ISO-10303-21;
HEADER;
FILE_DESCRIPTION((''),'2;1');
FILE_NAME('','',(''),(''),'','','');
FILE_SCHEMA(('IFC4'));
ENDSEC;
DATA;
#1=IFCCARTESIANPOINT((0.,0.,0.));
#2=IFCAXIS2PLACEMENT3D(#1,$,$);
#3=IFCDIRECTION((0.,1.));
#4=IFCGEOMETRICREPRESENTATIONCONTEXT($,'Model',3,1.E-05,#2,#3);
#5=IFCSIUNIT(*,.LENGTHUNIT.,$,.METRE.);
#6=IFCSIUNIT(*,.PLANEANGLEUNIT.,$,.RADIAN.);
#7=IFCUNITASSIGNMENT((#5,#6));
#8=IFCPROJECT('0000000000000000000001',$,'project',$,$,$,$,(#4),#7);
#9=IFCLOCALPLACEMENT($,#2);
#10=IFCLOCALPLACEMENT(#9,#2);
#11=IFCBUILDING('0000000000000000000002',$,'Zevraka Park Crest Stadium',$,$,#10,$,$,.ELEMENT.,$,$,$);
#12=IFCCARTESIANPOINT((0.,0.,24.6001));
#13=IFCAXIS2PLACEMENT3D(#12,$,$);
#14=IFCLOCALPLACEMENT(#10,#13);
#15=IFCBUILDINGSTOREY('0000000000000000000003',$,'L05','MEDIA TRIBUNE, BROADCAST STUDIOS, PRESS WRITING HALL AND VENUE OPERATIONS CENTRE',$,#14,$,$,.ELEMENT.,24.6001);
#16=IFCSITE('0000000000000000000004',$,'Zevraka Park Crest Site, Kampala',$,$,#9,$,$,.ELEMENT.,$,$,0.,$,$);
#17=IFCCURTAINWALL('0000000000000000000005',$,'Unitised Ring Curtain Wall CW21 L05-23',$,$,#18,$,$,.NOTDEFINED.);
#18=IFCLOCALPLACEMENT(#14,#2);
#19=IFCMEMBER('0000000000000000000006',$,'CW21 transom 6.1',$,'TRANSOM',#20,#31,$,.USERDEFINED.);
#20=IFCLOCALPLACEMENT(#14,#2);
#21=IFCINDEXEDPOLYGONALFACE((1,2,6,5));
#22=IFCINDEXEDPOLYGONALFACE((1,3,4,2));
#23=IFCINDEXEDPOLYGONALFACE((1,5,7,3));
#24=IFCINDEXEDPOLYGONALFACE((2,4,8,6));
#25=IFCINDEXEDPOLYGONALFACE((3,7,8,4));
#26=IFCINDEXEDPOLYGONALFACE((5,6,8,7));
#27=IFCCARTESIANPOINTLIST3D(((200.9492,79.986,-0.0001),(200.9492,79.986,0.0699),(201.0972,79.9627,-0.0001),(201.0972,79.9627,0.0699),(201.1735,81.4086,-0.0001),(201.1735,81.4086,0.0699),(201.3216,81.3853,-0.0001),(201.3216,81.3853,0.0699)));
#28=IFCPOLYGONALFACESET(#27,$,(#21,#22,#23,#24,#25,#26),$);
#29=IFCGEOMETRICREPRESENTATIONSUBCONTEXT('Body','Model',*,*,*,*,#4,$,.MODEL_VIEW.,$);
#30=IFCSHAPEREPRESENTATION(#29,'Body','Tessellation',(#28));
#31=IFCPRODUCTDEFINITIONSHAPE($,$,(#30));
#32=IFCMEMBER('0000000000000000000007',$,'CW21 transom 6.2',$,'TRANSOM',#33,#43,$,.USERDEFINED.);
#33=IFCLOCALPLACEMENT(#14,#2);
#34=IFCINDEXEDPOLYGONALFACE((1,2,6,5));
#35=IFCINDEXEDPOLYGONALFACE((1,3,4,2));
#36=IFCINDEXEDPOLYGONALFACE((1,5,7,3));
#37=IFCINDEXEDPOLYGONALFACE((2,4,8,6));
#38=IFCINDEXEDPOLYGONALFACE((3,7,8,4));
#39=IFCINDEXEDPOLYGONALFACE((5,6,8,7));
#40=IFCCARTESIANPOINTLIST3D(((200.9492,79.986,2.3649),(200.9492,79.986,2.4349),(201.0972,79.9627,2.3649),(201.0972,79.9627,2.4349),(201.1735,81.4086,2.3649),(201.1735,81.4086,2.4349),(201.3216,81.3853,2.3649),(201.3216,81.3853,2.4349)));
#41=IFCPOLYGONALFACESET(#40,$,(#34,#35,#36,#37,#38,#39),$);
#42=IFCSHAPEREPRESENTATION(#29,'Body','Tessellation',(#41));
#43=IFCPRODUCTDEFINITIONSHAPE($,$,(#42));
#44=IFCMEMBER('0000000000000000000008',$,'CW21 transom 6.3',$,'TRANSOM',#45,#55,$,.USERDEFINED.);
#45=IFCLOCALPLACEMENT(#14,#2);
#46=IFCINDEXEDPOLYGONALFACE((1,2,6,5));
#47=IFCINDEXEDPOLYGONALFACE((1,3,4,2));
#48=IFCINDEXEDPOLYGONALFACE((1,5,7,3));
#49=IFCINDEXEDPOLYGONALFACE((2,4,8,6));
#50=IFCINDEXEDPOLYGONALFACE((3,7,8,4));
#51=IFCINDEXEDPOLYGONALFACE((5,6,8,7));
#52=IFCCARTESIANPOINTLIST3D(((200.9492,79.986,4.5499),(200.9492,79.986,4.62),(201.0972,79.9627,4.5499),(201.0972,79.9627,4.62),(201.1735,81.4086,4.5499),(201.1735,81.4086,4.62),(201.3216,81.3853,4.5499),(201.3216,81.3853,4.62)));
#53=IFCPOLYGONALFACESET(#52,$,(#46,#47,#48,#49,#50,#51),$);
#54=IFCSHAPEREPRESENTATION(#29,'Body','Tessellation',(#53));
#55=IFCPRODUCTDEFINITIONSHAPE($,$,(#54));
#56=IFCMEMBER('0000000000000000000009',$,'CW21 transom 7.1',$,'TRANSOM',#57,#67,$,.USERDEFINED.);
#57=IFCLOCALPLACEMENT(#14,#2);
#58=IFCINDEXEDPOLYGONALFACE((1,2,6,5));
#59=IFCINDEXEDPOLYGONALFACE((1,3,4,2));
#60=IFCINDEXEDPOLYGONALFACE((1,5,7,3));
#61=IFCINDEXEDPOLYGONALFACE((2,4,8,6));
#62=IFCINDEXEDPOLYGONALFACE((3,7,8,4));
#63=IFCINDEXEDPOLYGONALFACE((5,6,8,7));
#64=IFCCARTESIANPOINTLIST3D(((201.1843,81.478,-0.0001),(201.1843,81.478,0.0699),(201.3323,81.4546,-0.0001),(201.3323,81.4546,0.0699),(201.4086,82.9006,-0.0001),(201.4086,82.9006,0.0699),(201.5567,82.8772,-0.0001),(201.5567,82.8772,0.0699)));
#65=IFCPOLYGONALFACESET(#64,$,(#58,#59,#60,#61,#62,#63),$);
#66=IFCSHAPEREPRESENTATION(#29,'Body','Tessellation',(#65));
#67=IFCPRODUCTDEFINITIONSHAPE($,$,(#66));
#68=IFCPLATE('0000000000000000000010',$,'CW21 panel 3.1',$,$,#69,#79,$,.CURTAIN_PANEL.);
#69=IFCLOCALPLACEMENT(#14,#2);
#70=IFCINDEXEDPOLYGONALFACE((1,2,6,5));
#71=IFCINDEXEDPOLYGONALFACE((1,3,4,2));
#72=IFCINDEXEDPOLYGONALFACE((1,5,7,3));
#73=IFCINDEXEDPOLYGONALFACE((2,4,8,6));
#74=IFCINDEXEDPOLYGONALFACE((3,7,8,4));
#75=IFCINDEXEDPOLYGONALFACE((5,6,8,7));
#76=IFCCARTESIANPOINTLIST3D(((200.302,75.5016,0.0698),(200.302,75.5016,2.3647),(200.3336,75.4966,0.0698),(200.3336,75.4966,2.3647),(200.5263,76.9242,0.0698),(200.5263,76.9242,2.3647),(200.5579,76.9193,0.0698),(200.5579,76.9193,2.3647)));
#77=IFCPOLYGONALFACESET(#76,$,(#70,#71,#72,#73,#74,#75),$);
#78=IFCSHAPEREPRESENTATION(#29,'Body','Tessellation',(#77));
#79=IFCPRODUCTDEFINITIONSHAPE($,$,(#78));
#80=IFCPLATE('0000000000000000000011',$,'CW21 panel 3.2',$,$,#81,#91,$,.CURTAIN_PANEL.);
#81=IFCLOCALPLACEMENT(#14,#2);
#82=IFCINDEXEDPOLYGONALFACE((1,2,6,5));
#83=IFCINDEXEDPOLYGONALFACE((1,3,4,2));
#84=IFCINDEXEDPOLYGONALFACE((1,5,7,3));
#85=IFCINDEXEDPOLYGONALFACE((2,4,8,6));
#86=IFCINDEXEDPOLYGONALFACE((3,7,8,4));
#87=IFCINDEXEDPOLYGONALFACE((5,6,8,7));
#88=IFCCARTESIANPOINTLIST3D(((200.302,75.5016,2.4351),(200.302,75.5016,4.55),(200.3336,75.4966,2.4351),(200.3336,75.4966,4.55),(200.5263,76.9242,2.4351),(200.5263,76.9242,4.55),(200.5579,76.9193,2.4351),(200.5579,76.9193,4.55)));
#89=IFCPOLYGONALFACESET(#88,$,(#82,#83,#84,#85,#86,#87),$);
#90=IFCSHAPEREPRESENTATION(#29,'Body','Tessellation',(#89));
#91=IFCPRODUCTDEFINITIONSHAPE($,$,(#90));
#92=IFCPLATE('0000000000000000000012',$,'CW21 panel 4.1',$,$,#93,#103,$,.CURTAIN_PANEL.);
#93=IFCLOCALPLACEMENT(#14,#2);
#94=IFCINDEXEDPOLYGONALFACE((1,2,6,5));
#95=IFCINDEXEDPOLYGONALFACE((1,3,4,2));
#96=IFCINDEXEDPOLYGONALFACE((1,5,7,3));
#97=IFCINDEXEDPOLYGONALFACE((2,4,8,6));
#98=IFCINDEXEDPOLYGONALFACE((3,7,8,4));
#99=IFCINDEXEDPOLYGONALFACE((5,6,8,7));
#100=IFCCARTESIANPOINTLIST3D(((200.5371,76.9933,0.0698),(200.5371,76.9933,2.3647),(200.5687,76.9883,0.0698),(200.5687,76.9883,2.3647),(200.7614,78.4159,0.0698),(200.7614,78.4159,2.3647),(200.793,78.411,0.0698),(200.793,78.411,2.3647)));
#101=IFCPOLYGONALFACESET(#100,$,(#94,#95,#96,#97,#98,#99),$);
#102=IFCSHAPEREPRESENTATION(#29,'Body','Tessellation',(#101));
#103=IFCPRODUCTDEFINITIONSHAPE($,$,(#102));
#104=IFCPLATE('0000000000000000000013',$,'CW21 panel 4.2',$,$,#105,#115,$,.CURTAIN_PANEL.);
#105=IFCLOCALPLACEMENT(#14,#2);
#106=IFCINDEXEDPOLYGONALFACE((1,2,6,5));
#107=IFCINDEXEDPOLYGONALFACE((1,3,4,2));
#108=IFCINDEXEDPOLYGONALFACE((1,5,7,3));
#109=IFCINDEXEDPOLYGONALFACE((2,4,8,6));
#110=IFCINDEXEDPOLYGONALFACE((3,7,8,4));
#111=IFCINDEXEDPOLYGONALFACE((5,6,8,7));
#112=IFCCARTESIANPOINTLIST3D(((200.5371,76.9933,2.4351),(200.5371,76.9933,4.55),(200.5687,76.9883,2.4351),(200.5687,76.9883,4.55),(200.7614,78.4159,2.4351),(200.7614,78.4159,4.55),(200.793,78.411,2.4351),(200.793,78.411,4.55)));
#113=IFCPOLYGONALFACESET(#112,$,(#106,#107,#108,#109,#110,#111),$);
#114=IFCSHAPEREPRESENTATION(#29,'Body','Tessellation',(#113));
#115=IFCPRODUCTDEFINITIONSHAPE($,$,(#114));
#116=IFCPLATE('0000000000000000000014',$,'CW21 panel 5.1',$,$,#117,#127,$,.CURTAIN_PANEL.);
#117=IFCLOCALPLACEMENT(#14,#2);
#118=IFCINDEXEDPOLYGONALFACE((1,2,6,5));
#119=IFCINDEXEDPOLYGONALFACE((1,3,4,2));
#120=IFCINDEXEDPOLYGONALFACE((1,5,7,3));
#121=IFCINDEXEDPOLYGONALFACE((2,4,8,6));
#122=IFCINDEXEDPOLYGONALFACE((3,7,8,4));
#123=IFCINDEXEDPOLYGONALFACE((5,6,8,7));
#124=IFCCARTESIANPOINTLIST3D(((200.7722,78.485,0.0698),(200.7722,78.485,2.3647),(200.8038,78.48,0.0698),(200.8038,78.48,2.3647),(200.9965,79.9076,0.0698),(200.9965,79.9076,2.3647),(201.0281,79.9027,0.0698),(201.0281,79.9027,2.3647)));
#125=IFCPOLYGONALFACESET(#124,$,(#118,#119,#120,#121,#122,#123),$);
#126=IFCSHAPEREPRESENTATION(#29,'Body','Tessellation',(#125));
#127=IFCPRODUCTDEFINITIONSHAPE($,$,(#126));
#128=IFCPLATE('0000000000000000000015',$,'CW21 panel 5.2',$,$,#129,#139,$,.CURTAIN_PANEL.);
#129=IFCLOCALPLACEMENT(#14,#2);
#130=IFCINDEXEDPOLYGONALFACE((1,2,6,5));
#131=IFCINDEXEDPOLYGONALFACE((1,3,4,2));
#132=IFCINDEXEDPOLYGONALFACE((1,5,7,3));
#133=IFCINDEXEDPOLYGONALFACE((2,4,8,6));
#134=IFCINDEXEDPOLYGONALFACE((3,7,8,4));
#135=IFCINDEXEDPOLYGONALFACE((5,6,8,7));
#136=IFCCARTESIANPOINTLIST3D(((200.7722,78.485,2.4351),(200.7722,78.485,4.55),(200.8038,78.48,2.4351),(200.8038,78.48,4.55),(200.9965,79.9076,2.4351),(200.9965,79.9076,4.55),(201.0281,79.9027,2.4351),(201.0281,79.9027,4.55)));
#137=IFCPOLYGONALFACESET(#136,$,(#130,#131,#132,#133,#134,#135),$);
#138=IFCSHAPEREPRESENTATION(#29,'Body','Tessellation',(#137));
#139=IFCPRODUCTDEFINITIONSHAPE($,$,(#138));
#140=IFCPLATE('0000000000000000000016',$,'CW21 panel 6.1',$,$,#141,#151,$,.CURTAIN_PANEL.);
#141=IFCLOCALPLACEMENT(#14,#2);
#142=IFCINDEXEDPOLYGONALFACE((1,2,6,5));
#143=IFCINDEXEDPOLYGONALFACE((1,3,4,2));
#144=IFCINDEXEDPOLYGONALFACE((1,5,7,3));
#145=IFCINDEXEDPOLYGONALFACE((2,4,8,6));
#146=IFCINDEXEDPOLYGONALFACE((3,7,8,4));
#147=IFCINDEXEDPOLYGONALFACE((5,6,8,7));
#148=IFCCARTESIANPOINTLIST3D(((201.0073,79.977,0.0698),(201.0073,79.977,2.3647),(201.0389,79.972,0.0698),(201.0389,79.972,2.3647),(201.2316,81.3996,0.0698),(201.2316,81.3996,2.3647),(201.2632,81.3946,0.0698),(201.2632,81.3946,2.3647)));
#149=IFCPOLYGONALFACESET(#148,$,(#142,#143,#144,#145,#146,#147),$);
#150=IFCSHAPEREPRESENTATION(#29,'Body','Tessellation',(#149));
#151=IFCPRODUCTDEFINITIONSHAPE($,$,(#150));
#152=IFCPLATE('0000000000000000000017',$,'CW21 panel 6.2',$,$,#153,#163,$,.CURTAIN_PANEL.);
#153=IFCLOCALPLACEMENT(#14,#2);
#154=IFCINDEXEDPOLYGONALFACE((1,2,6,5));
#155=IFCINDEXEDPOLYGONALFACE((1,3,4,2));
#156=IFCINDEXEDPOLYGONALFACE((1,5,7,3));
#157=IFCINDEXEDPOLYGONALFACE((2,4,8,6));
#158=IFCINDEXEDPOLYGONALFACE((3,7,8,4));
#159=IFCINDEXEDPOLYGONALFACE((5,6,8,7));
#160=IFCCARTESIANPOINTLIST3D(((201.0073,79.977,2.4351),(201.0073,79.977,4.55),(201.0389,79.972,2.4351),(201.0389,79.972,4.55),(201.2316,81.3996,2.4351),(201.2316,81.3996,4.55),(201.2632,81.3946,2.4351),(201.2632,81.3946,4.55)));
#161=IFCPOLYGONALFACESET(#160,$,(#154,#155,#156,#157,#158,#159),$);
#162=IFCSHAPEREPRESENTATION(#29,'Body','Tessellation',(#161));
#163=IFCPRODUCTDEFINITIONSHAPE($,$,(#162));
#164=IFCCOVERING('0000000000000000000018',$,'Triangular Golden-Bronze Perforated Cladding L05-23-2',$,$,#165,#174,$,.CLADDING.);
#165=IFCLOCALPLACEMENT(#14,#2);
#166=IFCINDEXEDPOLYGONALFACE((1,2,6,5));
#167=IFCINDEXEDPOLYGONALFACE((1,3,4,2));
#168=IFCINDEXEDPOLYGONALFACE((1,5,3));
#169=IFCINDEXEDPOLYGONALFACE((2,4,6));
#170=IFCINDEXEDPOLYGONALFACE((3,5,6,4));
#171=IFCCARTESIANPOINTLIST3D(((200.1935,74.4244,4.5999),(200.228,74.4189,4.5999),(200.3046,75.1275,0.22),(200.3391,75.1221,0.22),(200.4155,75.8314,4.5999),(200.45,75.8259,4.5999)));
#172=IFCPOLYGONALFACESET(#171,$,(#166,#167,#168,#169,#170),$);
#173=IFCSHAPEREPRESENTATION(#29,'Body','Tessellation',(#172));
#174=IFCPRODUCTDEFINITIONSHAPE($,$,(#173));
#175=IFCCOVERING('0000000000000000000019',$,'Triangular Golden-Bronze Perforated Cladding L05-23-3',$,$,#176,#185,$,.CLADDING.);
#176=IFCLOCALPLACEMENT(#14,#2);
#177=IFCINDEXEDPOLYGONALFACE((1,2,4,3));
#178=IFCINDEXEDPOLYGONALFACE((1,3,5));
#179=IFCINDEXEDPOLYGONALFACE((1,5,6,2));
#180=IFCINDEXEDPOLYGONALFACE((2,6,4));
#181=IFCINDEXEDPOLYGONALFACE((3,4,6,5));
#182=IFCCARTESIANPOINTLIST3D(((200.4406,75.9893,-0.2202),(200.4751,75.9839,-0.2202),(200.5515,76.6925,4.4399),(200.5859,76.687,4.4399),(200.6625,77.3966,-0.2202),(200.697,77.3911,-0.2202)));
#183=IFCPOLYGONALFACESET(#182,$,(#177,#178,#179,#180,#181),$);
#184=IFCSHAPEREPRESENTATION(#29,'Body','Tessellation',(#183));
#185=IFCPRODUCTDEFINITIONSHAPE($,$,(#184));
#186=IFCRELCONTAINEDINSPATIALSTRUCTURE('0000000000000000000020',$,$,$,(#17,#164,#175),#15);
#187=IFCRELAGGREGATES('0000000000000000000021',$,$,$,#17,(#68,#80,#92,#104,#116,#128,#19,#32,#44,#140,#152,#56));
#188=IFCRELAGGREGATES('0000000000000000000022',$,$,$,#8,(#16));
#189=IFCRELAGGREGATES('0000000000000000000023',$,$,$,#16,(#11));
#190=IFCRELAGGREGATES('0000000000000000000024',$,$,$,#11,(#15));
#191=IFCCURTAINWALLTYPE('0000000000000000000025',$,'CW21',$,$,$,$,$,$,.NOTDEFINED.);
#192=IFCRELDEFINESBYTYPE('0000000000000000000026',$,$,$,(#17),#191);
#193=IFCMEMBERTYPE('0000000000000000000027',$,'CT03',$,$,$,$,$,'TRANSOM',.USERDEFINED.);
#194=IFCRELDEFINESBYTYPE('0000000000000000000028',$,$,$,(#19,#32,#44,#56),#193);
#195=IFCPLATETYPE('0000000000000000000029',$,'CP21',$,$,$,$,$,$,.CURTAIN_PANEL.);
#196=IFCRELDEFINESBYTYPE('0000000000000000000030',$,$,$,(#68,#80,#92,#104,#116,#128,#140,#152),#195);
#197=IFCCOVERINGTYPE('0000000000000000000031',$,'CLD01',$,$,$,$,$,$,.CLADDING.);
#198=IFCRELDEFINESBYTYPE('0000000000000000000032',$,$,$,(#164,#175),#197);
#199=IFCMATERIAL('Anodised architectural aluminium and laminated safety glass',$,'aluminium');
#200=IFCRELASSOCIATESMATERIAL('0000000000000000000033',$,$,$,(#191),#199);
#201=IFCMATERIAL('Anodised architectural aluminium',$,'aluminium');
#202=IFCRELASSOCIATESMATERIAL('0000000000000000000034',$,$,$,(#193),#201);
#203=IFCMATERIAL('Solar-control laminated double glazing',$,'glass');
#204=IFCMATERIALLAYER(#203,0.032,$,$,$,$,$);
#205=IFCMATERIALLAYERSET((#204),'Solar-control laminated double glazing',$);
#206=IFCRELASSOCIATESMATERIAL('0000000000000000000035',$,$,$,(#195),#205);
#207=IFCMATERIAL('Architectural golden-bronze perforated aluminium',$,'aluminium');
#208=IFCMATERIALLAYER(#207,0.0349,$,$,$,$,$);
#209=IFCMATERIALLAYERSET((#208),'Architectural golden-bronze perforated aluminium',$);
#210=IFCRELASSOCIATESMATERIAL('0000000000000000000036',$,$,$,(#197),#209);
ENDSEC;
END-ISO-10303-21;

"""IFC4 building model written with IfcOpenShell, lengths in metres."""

from ifc_helpers import new_model, si_unit, direction, frame, origin, origin_2d, place, context, subcontext, project, spatial, polyline, rectangle, outline, extrude, material, layer, layer_set, material_profile, profile_set, type_object, element, aggregate, save


model = new_model("IFC4")

# Units and contexts
model_context = context("Model", 3, precision=1e-05, world=origin(), true_north=direction((0.0, 1.0)))
body_context = subcontext(model_context, "Body", "Model", "MODEL_VIEW")
ifc_project = project(units=[si_unit("LENGTHUNIT", "METRE"), si_unit("PLANEANGLEUNIT", "RADIAN")], contexts=[model_context])

# Site, building, storey
site_placement = place(None, origin())
site = spatial("IfcSite", under=ifc_project, at=site_placement, Name="Zevraka Park Crest Site, Kampala", CompositionType="ELEMENT", RefElevation=0.0)
building_placement = place(site_placement, origin())
building = spatial("IfcBuilding", under=site, at=building_placement, Name="Zevraka Park Crest Stadium", CompositionType="ELEMENT")
storey_placement = place(building_placement, frame((0.0, 0.0, 24.6001)))
storey = spatial("IfcBuildingStorey", under=building, at=storey_placement, Name="L05", Description="MEDIA TRIBUNE, BROADCAST STUDIOS, PRESS WRITING HALL AND VENUE OPERATIONS CENTRE", CompositionType="ELEMENT", Elevation=24.6001)

# Curtain wall, members, plates
ifc_material_1 = material(Name="Anodised architectural aluminium and laminated safety glass", Category="aluminium")
curtain_wall_type = type_object("IfcCurtainWallType", Name="CW21", PredefinedType="NOTDEFINED", material=ifc_material_1)
curtain_wall_placement = place(storey_placement, origin())
curtain_wall = element("IfcCurtainWall", 1, at=curtain_wall_placement, inside=storey, type_object=curtain_wall_type, Name="Unitised Ring Curtain Wall CW21 L05-23", PredefinedType="NOTDEFINED")
ifc_material_2 = material(Name="Anodised architectural aluminium", Category="aluminium")
ifc_material_profile_1 = material_profile(ifc_material_2, rectangle(XDim=0.1499, YDim=0.0701, at=origin_2d()), Name="ALU TRANSOM 150x70")
ifc_profile_set_1 = profile_set([ifc_material_profile_1], Name="Anodised architectural aluminium")
member_type_1 = type_object("IfcMemberType", Name="CT03", ElementType="TRANSOM", PredefinedType="USERDEFINED", material=ifc_profile_set_1)
member_1_placement = place(storey_placement, frame((201.0232, 79.9744, 0.0349), z_axis=(0.155788, 0.98779, 0.0), x_axis=(-0.98779, 0.155788, 0.0)))
member_1 = element("IfcMember", 2, at=member_1_placement, type_object=member_type_1, Name="CW21 transom 6.1", ObjectType="TRANSOM", PredefinedType="USERDEFINED", context=body_context, shape_type="SweptSolid", body=[
    extrude(rectangle(XDim=0.1499, YDim=0.0701, at=origin_2d()), origin(), (0.0, 0.0, 1.0), 1.4402),
])
member_2_placement = place(storey_placement, frame((201.0232, 79.9744, 2.3999), z_axis=(0.155788, 0.98779, 0.0), x_axis=(-0.98779, 0.155788, 0.0)))
member_2 = element("IfcMember", 3, at=member_2_placement, type_object=member_type_1, Name="CW21 transom 6.2", ObjectType="TRANSOM", PredefinedType="USERDEFINED", context=body_context, shape_type="SweptSolid", body=[
    extrude(rectangle(XDim=0.1499, YDim=0.0701, at=origin_2d()), origin(), (0.0, 0.0, 1.0), 1.4402),
])
member_3_placement = place(storey_placement, frame((201.0232, 79.9744, 4.585), z_axis=(0.155788, 0.98779, 0.0), x_axis=(-0.98779, 0.155788, 0.0)))
member_3 = element("IfcMember", 4, at=member_3_placement, type_object=member_type_1, Name="CW21 transom 6.3", ObjectType="TRANSOM", PredefinedType="USERDEFINED", context=body_context, shape_type="SweptSolid", body=[
    extrude(rectangle(XDim=0.1499, YDim=0.0701, at=origin_2d()), origin(), (0.0, 0.0, 1.0), 1.4402),
])
member_4_placement = place(storey_placement, frame((201.2583, 81.4663, 0.0349), z_axis=(0.155788, 0.98779, 0.0), x_axis=(-0.98779, 0.155788, 0.0)))
member_4 = element("IfcMember", 5, at=member_4_placement, type_object=member_type_1, Name="CW21 transom 7.1", ObjectType="TRANSOM", PredefinedType="USERDEFINED", context=body_context, shape_type="SweptSolid", body=[
    extrude(rectangle(XDim=0.1499, YDim=0.0701, at=origin_2d()), origin(), (0.0, 0.0, 1.0), 1.4402),
])
ifc_material_3 = material(Name="Solar-control laminated double glazing", Category="glass")
ifc_layer_1 = layer(ifc_material_3, 0.032)
ifc_layer_set_1 = layer_set([ifc_layer_1], Name="Solar-control laminated double glazing")
plate_type = type_object("IfcPlateType", Name="CP21", PredefinedType="CURTAIN_PANEL", material=ifc_layer_set_1)
plate_1_placement = place(storey_placement, frame((200.4299, 76.2104, 0.0698), z_axis=(0.0, 0.0, 1.0), x_axis=(0.155711, 0.987803, 0.0)))
plate_1 = element("IfcPlate", 6, at=plate_1_placement, type_object=plate_type, Name="CW21 panel 3.1", PredefinedType="CURTAIN_PANEL", context=body_context, shape_type="SweptSolid", body=[
    extrude(rectangle(XDim=1.4402, YDim=0.032, at=origin_2d()), origin(), (0.0, 0.0, 1.0), 2.2949),
])
plate_2_placement = place(storey_placement, frame((200.4299, 76.2104, 2.4351), z_axis=(0.0, 0.0, 1.0), x_axis=(0.155711, 0.987803, 0.0)))
plate_2 = element("IfcPlate", 7, at=plate_2_placement, type_object=plate_type, Name="CW21 panel 3.2", PredefinedType="CURTAIN_PANEL", context=body_context, shape_type="SweptSolid", body=[
    extrude(rectangle(XDim=1.4402, YDim=0.032, at=origin_2d()), origin(), (0.0, 0.0, 1.0), 2.115),
])
plate_3_placement = place(storey_placement, frame((200.665, 77.7021, 0.0698), z_axis=(0.0, 0.0, 1.0), x_axis=(0.155711, 0.987803, 0.0)))
plate_3 = element("IfcPlate", 8, at=plate_3_placement, type_object=plate_type, Name="CW21 panel 4.1", PredefinedType="CURTAIN_PANEL", context=body_context, shape_type="SweptSolid", body=[
    extrude(rectangle(XDim=1.4402, YDim=0.032, at=origin_2d()), origin(), (0.0, 0.0, 1.0), 2.2949),
])
plate_4_placement = place(storey_placement, frame((200.665, 77.7021, 2.4351), z_axis=(0.0, 0.0, 1.0), x_axis=(0.155711, 0.987803, 0.0)))
plate_4 = element("IfcPlate", 9, at=plate_4_placement, type_object=plate_type, Name="CW21 panel 4.2", PredefinedType="CURTAIN_PANEL", context=body_context, shape_type="SweptSolid", body=[
    extrude(rectangle(XDim=1.4402, YDim=0.032, at=origin_2d()), origin(), (0.0, 0.0, 1.0), 2.115),
])
plate_5_placement = place(storey_placement, frame((200.9001, 79.1938, 0.0698), z_axis=(0.0, 0.0, 1.0), x_axis=(0.155711, 0.987803, 0.0)))
plate_5 = element("IfcPlate", 10, at=plate_5_placement, type_object=plate_type, Name="CW21 panel 5.1", PredefinedType="CURTAIN_PANEL", context=body_context, shape_type="SweptSolid", body=[
    extrude(rectangle(XDim=1.4402, YDim=0.032, at=origin_2d()), origin(), (0.0, 0.0, 1.0), 2.2949),
])
plate_6_placement = place(storey_placement, frame((200.9001, 79.1938, 2.4351), z_axis=(0.0, 0.0, 1.0), x_axis=(0.155711, 0.987803, 0.0)))
plate_6 = element("IfcPlate", 11, at=plate_6_placement, type_object=plate_type, Name="CW21 panel 5.2", PredefinedType="CURTAIN_PANEL", context=body_context, shape_type="SweptSolid", body=[
    extrude(rectangle(XDim=1.4402, YDim=0.032, at=origin_2d()), origin(), (0.0, 0.0, 1.0), 2.115),
])
plate_7_placement = place(storey_placement, frame((201.1353, 80.6858, 0.0698), z_axis=(0.0, 0.0, 1.0), x_axis=(0.155711, 0.987803, 0.0)))
plate_7 = element("IfcPlate", 12, at=plate_7_placement, type_object=plate_type, Name="CW21 panel 6.1", PredefinedType="CURTAIN_PANEL", context=body_context, shape_type="SweptSolid", body=[
    extrude(rectangle(XDim=1.4402, YDim=0.032, at=origin_2d()), origin(), (0.0, 0.0, 1.0), 2.2949),
])
plate_8_placement = place(storey_placement, frame((201.1353, 80.6858, 2.4351), z_axis=(0.0, 0.0, 1.0), x_axis=(0.155711, 0.987803, 0.0)))
plate_8 = element("IfcPlate", 13, at=plate_8_placement, type_object=plate_type, Name="CW21 panel 6.2", PredefinedType="CURTAIN_PANEL", context=body_context, shape_type="SweptSolid", body=[
    extrude(rectangle(XDim=1.4402, YDim=0.032, at=origin_2d()), origin(), (0.0, 0.0, 1.0), 2.115),
])
aggregate(curtain_wall, [plate_1, plate_2, plate_3, plate_4, plate_5, plate_6, member_1, member_2, member_3, plate_7, plate_8, member_4])

# Coverings
ifc_material_4 = material(Name="Architectural golden-bronze perforated aluminium", Category="aluminium")
ifc_layer_2 = layer(ifc_material_4, 0.0349)
ifc_layer_set_2 = layer_set([ifc_layer_2], Name="Architectural golden-bronze perforated aluminium")
covering_type = type_object("IfcCoveringType", Name="CLD01", PredefinedType="CLADDING", material=ifc_layer_set_2)
covering_1_placement = place(storey_placement, frame((200.45, 75.8259, 4.5999), z_axis=(0.987788, -0.155804, 0.000041), x_axis=(-0.155804, -0.987788, 0.0)))
element("IfcCovering", 14, at=covering_1_placement, inside=storey, type_object=covering_type, Name="Triangular Golden-Bronze Perforated Cladding L05-23-2", PredefinedType="CLADDING", context=body_context, shape_type="SweptSolid", body=[
    extrude(outline(polyline([(0.0, 0.0), (1.4244, 0.0), (0.7125, 4.3799), (0.0, 0.0)])), origin(), (0.0, 0.0, -1.0), 0.0349),
])
covering_2_placement = place(storey_placement, frame((200.4751, 75.9839, -0.2202), z_axis=(0.987792, -0.155778, 0.00001), x_axis=(0.155778, 0.987792, 0.0)))
element("IfcCovering", 15, at=covering_2_placement, inside=storey, type_object=covering_type, Name="Triangular Golden-Bronze Perforated Cladding L05-23-3", PredefinedType="CLADDING", context=body_context, shape_type="SweptSolid", body=[
    extrude(outline(polyline([(0.0, 0.0), (1.4246, 0.0), (0.7118, 4.6602), (0.0, 0.0)])), origin(), (0.0, 0.0, -1.0), 0.0349),
])

save(model, "model.ifc")
